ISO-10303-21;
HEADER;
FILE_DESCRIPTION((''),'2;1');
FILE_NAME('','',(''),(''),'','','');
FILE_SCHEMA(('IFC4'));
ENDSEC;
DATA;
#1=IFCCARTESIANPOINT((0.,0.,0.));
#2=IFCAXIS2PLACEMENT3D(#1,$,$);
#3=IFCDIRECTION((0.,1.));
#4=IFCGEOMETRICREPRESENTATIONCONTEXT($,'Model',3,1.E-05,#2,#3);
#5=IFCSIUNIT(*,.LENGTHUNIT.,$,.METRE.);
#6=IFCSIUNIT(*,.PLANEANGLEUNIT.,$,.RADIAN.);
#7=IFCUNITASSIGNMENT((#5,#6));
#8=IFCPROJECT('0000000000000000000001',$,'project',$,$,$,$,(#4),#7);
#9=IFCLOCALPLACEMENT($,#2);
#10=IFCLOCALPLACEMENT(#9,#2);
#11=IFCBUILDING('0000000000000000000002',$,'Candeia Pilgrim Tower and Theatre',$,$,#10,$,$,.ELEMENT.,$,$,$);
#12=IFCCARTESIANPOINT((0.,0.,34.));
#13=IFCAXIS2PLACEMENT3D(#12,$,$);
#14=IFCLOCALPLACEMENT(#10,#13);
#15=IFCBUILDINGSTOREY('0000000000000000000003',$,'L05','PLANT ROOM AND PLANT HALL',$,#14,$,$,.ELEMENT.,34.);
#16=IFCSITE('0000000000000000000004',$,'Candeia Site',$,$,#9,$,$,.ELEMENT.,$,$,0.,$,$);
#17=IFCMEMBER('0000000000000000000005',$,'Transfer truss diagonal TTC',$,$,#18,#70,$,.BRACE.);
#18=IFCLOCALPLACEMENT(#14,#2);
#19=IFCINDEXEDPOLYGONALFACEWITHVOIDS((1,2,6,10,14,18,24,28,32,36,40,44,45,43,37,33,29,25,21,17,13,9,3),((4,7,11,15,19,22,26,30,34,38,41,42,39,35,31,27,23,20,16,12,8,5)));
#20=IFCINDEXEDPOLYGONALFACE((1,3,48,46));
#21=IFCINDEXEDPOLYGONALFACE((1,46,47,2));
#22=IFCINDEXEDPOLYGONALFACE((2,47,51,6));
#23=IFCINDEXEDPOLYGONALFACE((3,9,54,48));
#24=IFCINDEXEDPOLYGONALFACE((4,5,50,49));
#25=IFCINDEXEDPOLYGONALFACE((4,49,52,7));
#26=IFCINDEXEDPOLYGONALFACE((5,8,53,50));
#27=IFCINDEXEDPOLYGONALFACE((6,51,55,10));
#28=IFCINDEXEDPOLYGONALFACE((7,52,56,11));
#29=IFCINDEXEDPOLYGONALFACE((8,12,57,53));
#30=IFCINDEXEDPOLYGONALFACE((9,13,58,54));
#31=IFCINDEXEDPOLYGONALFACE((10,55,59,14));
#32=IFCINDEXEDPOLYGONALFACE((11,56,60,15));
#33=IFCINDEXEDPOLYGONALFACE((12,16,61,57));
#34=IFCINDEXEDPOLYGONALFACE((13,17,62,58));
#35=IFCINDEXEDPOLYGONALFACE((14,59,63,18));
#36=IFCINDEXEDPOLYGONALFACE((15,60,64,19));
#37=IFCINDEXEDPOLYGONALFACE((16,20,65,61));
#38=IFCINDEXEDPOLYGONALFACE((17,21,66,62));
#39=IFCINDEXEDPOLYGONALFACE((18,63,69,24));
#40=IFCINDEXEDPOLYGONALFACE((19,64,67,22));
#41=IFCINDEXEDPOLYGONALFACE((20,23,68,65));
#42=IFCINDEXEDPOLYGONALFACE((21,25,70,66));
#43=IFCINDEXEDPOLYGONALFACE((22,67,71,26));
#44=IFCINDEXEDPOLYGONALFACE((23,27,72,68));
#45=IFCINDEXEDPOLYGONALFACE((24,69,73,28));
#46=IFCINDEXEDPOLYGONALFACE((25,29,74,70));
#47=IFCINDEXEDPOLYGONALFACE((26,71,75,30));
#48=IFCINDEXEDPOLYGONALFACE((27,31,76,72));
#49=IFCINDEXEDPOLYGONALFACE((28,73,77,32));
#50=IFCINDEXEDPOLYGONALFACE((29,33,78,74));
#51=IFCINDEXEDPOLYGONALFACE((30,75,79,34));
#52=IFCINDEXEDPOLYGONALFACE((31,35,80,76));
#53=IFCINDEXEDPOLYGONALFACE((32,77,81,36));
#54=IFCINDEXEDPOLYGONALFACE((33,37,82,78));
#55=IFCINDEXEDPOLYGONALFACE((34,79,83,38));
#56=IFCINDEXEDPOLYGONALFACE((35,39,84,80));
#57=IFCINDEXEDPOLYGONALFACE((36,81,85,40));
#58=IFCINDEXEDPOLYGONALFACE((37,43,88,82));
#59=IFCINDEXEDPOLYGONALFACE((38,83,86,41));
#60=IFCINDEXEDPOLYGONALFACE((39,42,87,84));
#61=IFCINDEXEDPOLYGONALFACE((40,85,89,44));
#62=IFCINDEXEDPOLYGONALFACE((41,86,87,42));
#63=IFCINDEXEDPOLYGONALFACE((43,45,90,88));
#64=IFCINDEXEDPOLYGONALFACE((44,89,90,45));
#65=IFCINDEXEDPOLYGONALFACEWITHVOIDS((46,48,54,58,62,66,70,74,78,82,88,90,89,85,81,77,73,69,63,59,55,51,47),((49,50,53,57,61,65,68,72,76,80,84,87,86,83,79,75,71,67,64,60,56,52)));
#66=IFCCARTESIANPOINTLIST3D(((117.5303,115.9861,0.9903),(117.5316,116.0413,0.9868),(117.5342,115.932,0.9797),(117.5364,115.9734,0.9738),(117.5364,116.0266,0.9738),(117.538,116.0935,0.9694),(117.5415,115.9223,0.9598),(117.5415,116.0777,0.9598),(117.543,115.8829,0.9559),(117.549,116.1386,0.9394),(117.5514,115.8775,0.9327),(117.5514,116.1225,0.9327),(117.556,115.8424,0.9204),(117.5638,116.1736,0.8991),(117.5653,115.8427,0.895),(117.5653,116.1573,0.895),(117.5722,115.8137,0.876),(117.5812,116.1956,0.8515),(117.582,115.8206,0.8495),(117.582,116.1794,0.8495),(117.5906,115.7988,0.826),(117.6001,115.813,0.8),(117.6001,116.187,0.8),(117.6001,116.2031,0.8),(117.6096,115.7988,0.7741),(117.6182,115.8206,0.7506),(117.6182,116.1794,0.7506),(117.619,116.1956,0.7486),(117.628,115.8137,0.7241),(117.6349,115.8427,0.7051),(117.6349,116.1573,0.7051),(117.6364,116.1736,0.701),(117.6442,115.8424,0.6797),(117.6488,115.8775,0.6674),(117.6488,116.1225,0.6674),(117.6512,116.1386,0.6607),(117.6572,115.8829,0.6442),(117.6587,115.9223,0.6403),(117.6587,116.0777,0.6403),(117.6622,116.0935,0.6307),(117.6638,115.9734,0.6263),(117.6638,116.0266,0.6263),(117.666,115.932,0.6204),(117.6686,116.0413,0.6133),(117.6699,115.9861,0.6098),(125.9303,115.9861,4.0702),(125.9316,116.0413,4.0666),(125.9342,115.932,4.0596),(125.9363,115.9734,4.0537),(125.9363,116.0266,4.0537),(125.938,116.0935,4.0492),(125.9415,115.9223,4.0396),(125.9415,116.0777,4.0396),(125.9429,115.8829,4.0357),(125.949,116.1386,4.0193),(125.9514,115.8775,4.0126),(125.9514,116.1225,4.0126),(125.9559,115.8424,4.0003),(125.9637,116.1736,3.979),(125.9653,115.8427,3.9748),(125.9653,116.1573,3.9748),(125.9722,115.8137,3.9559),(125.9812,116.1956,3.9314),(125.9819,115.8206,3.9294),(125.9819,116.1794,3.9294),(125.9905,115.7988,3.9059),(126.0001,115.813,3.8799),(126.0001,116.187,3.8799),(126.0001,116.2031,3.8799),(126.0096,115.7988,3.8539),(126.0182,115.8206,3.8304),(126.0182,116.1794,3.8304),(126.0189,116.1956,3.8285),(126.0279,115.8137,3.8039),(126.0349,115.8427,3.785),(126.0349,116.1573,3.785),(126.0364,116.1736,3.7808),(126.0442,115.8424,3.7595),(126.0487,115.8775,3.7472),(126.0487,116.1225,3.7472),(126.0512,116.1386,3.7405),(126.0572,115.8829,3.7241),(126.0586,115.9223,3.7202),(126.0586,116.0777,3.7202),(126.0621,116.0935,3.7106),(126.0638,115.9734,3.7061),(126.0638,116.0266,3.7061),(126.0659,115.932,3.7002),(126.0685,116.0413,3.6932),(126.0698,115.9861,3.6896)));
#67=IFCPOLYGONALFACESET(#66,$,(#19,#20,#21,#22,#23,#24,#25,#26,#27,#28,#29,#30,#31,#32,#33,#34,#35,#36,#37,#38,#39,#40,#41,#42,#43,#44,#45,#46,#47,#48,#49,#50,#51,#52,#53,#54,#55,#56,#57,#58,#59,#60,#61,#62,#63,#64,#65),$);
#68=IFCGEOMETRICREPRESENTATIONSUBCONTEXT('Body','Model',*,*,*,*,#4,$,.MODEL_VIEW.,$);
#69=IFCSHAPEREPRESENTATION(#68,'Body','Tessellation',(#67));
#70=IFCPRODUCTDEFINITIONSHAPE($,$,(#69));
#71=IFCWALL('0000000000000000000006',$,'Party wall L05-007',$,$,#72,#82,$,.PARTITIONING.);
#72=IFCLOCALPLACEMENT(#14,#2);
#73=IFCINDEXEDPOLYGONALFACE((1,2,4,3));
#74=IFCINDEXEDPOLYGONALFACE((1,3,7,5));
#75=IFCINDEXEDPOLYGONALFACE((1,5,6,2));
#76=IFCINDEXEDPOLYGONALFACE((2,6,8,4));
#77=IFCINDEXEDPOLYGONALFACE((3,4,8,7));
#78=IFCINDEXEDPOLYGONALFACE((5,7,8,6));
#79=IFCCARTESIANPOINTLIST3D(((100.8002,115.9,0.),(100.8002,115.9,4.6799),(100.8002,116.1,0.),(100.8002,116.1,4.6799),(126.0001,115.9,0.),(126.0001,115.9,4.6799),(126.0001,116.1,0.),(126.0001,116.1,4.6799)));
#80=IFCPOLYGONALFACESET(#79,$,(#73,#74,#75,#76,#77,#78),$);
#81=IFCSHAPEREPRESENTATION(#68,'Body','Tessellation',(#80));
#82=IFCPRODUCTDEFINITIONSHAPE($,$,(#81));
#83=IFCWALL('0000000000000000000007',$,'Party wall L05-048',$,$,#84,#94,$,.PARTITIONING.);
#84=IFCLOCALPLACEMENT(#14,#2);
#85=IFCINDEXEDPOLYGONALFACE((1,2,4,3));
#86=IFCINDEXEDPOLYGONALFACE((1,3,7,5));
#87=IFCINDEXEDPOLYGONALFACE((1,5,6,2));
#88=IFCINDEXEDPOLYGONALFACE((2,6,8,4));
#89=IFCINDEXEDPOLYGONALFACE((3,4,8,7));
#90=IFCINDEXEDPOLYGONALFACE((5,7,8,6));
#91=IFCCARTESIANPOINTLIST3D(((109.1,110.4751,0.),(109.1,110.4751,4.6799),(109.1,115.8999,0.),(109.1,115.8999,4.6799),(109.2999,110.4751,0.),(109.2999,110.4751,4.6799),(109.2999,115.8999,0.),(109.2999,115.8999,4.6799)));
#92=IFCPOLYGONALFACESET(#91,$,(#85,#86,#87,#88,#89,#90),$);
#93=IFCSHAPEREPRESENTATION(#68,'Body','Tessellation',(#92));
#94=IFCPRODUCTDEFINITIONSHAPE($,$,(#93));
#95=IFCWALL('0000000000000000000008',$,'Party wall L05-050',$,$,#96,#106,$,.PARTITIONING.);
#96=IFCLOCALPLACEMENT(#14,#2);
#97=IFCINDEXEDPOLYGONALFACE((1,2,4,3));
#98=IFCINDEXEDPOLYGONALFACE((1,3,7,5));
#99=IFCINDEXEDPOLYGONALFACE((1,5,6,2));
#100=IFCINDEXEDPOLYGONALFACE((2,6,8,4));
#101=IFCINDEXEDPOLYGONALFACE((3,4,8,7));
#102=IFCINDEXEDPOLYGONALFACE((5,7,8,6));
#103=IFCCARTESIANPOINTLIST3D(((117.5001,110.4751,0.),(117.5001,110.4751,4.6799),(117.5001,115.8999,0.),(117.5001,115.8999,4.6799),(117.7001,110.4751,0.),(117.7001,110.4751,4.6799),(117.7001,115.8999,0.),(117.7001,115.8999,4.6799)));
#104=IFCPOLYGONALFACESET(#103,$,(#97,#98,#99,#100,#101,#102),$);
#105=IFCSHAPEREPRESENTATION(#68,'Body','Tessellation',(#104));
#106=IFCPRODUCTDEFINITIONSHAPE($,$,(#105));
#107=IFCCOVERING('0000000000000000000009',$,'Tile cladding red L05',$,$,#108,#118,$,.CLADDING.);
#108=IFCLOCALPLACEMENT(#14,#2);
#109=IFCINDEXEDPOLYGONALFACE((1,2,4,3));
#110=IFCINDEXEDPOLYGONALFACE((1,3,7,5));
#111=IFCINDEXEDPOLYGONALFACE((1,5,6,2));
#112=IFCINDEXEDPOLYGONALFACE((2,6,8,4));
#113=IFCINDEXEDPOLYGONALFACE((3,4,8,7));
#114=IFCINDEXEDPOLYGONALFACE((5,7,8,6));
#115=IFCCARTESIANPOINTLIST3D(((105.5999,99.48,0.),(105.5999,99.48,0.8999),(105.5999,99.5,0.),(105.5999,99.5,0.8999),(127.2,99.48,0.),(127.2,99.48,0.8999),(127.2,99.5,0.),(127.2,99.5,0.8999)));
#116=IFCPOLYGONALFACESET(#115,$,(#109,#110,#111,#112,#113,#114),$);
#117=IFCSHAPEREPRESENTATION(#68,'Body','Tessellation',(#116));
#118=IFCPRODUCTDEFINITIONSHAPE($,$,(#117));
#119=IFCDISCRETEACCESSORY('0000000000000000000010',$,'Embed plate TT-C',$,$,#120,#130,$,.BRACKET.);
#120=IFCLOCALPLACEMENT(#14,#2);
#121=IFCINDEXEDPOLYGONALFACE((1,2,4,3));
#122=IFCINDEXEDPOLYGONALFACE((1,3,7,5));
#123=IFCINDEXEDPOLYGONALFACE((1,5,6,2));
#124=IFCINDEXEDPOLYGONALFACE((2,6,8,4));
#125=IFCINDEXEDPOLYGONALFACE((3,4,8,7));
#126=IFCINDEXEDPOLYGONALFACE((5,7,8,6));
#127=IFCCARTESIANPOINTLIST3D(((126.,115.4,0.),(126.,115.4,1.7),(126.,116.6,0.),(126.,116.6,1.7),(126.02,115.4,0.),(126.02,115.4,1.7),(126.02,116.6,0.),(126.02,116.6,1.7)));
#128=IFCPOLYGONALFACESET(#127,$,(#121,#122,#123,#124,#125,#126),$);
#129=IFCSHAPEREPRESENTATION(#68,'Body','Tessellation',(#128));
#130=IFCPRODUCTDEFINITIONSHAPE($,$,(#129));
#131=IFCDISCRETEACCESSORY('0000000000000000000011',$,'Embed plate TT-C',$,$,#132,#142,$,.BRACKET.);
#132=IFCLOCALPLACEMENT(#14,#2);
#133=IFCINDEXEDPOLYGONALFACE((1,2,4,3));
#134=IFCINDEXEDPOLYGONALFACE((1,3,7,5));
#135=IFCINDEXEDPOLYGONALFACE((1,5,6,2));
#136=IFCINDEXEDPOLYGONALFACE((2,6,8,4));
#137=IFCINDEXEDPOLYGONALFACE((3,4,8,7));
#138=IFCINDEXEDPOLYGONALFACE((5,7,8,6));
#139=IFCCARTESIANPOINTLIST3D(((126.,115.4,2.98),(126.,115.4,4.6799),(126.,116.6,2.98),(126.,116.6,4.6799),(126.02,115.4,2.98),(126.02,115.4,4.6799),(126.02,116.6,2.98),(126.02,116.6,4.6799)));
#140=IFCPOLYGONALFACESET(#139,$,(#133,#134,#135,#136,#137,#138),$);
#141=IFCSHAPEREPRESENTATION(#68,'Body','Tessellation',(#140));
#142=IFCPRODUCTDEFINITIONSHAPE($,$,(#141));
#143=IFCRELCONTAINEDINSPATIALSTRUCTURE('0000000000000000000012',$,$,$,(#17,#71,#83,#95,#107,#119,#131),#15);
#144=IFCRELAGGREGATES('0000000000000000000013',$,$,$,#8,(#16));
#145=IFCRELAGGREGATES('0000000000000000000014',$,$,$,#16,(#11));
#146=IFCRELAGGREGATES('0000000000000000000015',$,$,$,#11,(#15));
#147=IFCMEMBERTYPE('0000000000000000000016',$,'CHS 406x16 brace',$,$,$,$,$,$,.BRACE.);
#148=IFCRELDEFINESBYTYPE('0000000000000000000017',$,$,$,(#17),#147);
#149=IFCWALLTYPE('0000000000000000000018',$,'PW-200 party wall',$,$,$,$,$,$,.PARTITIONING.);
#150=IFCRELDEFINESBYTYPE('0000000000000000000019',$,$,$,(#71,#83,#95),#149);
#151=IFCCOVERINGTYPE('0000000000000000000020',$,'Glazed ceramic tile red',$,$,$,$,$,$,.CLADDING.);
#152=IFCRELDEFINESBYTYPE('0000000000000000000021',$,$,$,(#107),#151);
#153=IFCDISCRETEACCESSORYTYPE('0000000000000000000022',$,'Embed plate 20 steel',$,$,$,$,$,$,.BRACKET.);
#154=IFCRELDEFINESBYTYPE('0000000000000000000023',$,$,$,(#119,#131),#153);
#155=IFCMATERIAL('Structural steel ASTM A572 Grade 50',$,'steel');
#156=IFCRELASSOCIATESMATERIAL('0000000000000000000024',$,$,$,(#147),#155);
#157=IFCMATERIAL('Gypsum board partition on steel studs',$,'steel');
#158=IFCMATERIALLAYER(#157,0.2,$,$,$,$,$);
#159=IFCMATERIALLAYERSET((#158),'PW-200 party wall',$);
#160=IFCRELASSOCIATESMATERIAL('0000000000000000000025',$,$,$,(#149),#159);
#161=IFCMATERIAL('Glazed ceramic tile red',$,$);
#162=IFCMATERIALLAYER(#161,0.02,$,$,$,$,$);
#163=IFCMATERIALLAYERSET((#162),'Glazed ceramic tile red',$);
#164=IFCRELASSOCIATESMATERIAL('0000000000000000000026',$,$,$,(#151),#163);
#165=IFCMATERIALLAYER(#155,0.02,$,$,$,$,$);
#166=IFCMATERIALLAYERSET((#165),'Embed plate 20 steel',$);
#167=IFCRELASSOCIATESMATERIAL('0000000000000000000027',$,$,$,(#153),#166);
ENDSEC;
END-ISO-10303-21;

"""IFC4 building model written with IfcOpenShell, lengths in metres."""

from ifc_helpers import new_model, si_unit, direction, frame, frame_2d, origin, origin_2d, place, context, subcontext, project, spatial, rectangle, hollow_circle, extrude, material, layer, layer_set, material_profile, profile_set, type_object, element, save


model = new_model("IFC4")

# Units and contexts
model_context = context("Model", 3, precision=1e-05, world=origin(), true_north=direction((0.0, 1.0)))
body_context = subcontext(model_context, "Body", "Model", "MODEL_VIEW")
ifc_project = project(units=[si_unit("LENGTHUNIT", "METRE"), si_unit("PLANEANGLEUNIT", "RADIAN")], contexts=[model_context])

# Site, building, storey
site_placement = place(None, origin())
site = spatial("IfcSite", under=ifc_project, at=site_placement, Name="Candeia Site", CompositionType="ELEMENT", RefElevation=0.0)
building_placement = place(site_placement, origin())
building = spatial("IfcBuilding", under=site, at=building_placement, Name="Candeia Pilgrim Tower and Theatre", CompositionType="ELEMENT")
storey_placement = place(building_placement, frame((0.0, 0.0, 34.0)))
storey = spatial("IfcBuildingStorey", under=building, at=storey_placement, Name="L05", Description="PLANT ROOM AND PLANT HALL", CompositionType="ELEMENT", Elevation=34.0)

# Member
ifc_material_1 = material(Name="Structural steel ASTM A572 Grade 50", Category="steel")
ifc_material_profile_1 = material_profile(ifc_material_1, hollow_circle(Radius=0.2031, WallThickness=0.0161, at=origin_2d()))
ifc_profile_set_1 = profile_set([ifc_material_profile_1], Name="Structural steel ASTM A572 Grade 50")
member_type_1 = type_object("IfcMemberType", Name="CHS 406x16 brace", PredefinedType="BRACE", material=ifc_profile_set_1)
member_1_placement = place(storey_placement, frame((117.6001, 116.0, 0.8), z_axis=(0.938881, 0.0, 0.344242), x_axis=(0.0, 1.0, 0.0)))
element("IfcMember", 1, at=member_1_placement, inside=storey, type_object=member_type_1, Name="Transfer truss diagonal TTC", PredefinedType="BRACE", context=body_context, shape_type="SweptSolid", body=[
    extrude(hollow_circle(Radius=0.2031, WallThickness=0.0161, at=origin_2d()), origin(), (0.0, 0.0, 1.0), 8.9468),
])

# Walls
ifc_material_2 = material(Name="Gypsum board partition on steel studs", Category="steel")
ifc_layer_1 = layer(ifc_material_2, 0.2)
ifc_layer_set_1 = layer_set([ifc_layer_1], Name="PW-200 party wall")
wall_type = type_object("IfcWallType", Name="PW-200 party wall", PredefinedType="PARTITIONING", material=ifc_layer_set_1)
wall_placement = place(storey_placement, frame((100.8, 116.0, 0.0), z_axis=(0.0, 0.0, 1.0), x_axis=(1.0, 0.0, 0.0)))
element("IfcWall", 2, at=wall_placement, inside=storey, type_object=wall_type, Name="Party wall L05-007", PredefinedType="PARTITIONING", context=body_context, shape_type="SweptSolid", body=[
    extrude(rectangle(XDim=25.2, YDim=0.2, at=frame_2d((12.6001, 0.0))), origin(), (0.0, 0.0, 1.0), 4.6799),
])
for number, where, z_axis, x_axis, name in (
    (3, (109.2, 110.4751, 0.0), (0.0, 0.0, 1.0), (0.0, 1.0, 0.0), "Party wall L05-048"),
    (4, (117.6001, 110.4751, 0.0), (0.0, 0.0, 1.0), (0.0, 1.0, 0.0), "Party wall L05-050"),
):
    element("IfcWall", number, at=place(storey_placement, frame(where, z_axis=z_axis, x_axis=x_axis)), inside=storey, type_object=wall_type, Name=name, PredefinedType="PARTITIONING", context=body_context, shape_type="SweptSolid", body=[
        extrude(rectangle(XDim=5.4248, YDim=0.2, at=frame_2d((2.7124, 0.0))), origin(), (0.0, 0.0, 1.0), 4.6799),
    ])

# Covering
ifc_material_3 = material(Name="Glazed ceramic tile red")
ifc_layer_2 = layer(ifc_material_3, 0.02)
ifc_layer_set_2 = layer_set([ifc_layer_2], Name="Glazed ceramic tile red")
covering_type = type_object("IfcCoveringType", Name="Glazed ceramic tile red", PredefinedType="CLADDING", material=ifc_layer_set_2)
covering_placement = place(storey_placement, frame((116.3999, 99.49, 0.0), z_axis=(0.0, 0.0, 1.0), x_axis=(1.0, 0.0, 0.0)))
element("IfcCovering", 5, at=covering_placement, inside=storey, type_object=covering_type, Name="Tile cladding red L05", PredefinedType="CLADDING", context=body_context, shape_type="SweptSolid", body=[
    extrude(rectangle(XDim=21.6001, YDim=0.02, at=origin_2d()), origin(), (0.0, 0.0, 1.0), 0.8999),
])

# Discrete accessories
ifc_layer_3 = layer(ifc_material_1, 0.02)
ifc_layer_set_3 = layer_set([ifc_layer_3], Name="Embed plate 20 steel")
discrete_accessory_type = type_object("IfcDiscreteAccessoryType", Name="Embed plate 20 steel", PredefinedType="BRACKET", material=ifc_layer_set_3)
for number, where, z_axis, x_axis, name in (
    (6, (126.01, 116.0, 0.0), (0.0, 0.0, 1.0), (0.0, 1.0, 0.0), "Embed plate TT-C"),
    (7, (126.01, 116.0, 2.98), (0.0, 0.0, 1.0), (0.0, 1.0, 0.0), "Embed plate TT-C"),
):
    element("IfcDiscreteAccessory", number, at=place(storey_placement, frame(where, z_axis=z_axis, x_axis=x_axis)), inside=storey, type_object=discrete_accessory_type, Name=name, PredefinedType="BRACKET", context=body_context, shape_type="SweptSolid", body=[
        extrude(rectangle(XDim=1.2, YDim=0.02, at=origin_2d()), origin(), (0.0, 0.0, 1.0), 1.7),
    ])

save(model, "model.ifc")
